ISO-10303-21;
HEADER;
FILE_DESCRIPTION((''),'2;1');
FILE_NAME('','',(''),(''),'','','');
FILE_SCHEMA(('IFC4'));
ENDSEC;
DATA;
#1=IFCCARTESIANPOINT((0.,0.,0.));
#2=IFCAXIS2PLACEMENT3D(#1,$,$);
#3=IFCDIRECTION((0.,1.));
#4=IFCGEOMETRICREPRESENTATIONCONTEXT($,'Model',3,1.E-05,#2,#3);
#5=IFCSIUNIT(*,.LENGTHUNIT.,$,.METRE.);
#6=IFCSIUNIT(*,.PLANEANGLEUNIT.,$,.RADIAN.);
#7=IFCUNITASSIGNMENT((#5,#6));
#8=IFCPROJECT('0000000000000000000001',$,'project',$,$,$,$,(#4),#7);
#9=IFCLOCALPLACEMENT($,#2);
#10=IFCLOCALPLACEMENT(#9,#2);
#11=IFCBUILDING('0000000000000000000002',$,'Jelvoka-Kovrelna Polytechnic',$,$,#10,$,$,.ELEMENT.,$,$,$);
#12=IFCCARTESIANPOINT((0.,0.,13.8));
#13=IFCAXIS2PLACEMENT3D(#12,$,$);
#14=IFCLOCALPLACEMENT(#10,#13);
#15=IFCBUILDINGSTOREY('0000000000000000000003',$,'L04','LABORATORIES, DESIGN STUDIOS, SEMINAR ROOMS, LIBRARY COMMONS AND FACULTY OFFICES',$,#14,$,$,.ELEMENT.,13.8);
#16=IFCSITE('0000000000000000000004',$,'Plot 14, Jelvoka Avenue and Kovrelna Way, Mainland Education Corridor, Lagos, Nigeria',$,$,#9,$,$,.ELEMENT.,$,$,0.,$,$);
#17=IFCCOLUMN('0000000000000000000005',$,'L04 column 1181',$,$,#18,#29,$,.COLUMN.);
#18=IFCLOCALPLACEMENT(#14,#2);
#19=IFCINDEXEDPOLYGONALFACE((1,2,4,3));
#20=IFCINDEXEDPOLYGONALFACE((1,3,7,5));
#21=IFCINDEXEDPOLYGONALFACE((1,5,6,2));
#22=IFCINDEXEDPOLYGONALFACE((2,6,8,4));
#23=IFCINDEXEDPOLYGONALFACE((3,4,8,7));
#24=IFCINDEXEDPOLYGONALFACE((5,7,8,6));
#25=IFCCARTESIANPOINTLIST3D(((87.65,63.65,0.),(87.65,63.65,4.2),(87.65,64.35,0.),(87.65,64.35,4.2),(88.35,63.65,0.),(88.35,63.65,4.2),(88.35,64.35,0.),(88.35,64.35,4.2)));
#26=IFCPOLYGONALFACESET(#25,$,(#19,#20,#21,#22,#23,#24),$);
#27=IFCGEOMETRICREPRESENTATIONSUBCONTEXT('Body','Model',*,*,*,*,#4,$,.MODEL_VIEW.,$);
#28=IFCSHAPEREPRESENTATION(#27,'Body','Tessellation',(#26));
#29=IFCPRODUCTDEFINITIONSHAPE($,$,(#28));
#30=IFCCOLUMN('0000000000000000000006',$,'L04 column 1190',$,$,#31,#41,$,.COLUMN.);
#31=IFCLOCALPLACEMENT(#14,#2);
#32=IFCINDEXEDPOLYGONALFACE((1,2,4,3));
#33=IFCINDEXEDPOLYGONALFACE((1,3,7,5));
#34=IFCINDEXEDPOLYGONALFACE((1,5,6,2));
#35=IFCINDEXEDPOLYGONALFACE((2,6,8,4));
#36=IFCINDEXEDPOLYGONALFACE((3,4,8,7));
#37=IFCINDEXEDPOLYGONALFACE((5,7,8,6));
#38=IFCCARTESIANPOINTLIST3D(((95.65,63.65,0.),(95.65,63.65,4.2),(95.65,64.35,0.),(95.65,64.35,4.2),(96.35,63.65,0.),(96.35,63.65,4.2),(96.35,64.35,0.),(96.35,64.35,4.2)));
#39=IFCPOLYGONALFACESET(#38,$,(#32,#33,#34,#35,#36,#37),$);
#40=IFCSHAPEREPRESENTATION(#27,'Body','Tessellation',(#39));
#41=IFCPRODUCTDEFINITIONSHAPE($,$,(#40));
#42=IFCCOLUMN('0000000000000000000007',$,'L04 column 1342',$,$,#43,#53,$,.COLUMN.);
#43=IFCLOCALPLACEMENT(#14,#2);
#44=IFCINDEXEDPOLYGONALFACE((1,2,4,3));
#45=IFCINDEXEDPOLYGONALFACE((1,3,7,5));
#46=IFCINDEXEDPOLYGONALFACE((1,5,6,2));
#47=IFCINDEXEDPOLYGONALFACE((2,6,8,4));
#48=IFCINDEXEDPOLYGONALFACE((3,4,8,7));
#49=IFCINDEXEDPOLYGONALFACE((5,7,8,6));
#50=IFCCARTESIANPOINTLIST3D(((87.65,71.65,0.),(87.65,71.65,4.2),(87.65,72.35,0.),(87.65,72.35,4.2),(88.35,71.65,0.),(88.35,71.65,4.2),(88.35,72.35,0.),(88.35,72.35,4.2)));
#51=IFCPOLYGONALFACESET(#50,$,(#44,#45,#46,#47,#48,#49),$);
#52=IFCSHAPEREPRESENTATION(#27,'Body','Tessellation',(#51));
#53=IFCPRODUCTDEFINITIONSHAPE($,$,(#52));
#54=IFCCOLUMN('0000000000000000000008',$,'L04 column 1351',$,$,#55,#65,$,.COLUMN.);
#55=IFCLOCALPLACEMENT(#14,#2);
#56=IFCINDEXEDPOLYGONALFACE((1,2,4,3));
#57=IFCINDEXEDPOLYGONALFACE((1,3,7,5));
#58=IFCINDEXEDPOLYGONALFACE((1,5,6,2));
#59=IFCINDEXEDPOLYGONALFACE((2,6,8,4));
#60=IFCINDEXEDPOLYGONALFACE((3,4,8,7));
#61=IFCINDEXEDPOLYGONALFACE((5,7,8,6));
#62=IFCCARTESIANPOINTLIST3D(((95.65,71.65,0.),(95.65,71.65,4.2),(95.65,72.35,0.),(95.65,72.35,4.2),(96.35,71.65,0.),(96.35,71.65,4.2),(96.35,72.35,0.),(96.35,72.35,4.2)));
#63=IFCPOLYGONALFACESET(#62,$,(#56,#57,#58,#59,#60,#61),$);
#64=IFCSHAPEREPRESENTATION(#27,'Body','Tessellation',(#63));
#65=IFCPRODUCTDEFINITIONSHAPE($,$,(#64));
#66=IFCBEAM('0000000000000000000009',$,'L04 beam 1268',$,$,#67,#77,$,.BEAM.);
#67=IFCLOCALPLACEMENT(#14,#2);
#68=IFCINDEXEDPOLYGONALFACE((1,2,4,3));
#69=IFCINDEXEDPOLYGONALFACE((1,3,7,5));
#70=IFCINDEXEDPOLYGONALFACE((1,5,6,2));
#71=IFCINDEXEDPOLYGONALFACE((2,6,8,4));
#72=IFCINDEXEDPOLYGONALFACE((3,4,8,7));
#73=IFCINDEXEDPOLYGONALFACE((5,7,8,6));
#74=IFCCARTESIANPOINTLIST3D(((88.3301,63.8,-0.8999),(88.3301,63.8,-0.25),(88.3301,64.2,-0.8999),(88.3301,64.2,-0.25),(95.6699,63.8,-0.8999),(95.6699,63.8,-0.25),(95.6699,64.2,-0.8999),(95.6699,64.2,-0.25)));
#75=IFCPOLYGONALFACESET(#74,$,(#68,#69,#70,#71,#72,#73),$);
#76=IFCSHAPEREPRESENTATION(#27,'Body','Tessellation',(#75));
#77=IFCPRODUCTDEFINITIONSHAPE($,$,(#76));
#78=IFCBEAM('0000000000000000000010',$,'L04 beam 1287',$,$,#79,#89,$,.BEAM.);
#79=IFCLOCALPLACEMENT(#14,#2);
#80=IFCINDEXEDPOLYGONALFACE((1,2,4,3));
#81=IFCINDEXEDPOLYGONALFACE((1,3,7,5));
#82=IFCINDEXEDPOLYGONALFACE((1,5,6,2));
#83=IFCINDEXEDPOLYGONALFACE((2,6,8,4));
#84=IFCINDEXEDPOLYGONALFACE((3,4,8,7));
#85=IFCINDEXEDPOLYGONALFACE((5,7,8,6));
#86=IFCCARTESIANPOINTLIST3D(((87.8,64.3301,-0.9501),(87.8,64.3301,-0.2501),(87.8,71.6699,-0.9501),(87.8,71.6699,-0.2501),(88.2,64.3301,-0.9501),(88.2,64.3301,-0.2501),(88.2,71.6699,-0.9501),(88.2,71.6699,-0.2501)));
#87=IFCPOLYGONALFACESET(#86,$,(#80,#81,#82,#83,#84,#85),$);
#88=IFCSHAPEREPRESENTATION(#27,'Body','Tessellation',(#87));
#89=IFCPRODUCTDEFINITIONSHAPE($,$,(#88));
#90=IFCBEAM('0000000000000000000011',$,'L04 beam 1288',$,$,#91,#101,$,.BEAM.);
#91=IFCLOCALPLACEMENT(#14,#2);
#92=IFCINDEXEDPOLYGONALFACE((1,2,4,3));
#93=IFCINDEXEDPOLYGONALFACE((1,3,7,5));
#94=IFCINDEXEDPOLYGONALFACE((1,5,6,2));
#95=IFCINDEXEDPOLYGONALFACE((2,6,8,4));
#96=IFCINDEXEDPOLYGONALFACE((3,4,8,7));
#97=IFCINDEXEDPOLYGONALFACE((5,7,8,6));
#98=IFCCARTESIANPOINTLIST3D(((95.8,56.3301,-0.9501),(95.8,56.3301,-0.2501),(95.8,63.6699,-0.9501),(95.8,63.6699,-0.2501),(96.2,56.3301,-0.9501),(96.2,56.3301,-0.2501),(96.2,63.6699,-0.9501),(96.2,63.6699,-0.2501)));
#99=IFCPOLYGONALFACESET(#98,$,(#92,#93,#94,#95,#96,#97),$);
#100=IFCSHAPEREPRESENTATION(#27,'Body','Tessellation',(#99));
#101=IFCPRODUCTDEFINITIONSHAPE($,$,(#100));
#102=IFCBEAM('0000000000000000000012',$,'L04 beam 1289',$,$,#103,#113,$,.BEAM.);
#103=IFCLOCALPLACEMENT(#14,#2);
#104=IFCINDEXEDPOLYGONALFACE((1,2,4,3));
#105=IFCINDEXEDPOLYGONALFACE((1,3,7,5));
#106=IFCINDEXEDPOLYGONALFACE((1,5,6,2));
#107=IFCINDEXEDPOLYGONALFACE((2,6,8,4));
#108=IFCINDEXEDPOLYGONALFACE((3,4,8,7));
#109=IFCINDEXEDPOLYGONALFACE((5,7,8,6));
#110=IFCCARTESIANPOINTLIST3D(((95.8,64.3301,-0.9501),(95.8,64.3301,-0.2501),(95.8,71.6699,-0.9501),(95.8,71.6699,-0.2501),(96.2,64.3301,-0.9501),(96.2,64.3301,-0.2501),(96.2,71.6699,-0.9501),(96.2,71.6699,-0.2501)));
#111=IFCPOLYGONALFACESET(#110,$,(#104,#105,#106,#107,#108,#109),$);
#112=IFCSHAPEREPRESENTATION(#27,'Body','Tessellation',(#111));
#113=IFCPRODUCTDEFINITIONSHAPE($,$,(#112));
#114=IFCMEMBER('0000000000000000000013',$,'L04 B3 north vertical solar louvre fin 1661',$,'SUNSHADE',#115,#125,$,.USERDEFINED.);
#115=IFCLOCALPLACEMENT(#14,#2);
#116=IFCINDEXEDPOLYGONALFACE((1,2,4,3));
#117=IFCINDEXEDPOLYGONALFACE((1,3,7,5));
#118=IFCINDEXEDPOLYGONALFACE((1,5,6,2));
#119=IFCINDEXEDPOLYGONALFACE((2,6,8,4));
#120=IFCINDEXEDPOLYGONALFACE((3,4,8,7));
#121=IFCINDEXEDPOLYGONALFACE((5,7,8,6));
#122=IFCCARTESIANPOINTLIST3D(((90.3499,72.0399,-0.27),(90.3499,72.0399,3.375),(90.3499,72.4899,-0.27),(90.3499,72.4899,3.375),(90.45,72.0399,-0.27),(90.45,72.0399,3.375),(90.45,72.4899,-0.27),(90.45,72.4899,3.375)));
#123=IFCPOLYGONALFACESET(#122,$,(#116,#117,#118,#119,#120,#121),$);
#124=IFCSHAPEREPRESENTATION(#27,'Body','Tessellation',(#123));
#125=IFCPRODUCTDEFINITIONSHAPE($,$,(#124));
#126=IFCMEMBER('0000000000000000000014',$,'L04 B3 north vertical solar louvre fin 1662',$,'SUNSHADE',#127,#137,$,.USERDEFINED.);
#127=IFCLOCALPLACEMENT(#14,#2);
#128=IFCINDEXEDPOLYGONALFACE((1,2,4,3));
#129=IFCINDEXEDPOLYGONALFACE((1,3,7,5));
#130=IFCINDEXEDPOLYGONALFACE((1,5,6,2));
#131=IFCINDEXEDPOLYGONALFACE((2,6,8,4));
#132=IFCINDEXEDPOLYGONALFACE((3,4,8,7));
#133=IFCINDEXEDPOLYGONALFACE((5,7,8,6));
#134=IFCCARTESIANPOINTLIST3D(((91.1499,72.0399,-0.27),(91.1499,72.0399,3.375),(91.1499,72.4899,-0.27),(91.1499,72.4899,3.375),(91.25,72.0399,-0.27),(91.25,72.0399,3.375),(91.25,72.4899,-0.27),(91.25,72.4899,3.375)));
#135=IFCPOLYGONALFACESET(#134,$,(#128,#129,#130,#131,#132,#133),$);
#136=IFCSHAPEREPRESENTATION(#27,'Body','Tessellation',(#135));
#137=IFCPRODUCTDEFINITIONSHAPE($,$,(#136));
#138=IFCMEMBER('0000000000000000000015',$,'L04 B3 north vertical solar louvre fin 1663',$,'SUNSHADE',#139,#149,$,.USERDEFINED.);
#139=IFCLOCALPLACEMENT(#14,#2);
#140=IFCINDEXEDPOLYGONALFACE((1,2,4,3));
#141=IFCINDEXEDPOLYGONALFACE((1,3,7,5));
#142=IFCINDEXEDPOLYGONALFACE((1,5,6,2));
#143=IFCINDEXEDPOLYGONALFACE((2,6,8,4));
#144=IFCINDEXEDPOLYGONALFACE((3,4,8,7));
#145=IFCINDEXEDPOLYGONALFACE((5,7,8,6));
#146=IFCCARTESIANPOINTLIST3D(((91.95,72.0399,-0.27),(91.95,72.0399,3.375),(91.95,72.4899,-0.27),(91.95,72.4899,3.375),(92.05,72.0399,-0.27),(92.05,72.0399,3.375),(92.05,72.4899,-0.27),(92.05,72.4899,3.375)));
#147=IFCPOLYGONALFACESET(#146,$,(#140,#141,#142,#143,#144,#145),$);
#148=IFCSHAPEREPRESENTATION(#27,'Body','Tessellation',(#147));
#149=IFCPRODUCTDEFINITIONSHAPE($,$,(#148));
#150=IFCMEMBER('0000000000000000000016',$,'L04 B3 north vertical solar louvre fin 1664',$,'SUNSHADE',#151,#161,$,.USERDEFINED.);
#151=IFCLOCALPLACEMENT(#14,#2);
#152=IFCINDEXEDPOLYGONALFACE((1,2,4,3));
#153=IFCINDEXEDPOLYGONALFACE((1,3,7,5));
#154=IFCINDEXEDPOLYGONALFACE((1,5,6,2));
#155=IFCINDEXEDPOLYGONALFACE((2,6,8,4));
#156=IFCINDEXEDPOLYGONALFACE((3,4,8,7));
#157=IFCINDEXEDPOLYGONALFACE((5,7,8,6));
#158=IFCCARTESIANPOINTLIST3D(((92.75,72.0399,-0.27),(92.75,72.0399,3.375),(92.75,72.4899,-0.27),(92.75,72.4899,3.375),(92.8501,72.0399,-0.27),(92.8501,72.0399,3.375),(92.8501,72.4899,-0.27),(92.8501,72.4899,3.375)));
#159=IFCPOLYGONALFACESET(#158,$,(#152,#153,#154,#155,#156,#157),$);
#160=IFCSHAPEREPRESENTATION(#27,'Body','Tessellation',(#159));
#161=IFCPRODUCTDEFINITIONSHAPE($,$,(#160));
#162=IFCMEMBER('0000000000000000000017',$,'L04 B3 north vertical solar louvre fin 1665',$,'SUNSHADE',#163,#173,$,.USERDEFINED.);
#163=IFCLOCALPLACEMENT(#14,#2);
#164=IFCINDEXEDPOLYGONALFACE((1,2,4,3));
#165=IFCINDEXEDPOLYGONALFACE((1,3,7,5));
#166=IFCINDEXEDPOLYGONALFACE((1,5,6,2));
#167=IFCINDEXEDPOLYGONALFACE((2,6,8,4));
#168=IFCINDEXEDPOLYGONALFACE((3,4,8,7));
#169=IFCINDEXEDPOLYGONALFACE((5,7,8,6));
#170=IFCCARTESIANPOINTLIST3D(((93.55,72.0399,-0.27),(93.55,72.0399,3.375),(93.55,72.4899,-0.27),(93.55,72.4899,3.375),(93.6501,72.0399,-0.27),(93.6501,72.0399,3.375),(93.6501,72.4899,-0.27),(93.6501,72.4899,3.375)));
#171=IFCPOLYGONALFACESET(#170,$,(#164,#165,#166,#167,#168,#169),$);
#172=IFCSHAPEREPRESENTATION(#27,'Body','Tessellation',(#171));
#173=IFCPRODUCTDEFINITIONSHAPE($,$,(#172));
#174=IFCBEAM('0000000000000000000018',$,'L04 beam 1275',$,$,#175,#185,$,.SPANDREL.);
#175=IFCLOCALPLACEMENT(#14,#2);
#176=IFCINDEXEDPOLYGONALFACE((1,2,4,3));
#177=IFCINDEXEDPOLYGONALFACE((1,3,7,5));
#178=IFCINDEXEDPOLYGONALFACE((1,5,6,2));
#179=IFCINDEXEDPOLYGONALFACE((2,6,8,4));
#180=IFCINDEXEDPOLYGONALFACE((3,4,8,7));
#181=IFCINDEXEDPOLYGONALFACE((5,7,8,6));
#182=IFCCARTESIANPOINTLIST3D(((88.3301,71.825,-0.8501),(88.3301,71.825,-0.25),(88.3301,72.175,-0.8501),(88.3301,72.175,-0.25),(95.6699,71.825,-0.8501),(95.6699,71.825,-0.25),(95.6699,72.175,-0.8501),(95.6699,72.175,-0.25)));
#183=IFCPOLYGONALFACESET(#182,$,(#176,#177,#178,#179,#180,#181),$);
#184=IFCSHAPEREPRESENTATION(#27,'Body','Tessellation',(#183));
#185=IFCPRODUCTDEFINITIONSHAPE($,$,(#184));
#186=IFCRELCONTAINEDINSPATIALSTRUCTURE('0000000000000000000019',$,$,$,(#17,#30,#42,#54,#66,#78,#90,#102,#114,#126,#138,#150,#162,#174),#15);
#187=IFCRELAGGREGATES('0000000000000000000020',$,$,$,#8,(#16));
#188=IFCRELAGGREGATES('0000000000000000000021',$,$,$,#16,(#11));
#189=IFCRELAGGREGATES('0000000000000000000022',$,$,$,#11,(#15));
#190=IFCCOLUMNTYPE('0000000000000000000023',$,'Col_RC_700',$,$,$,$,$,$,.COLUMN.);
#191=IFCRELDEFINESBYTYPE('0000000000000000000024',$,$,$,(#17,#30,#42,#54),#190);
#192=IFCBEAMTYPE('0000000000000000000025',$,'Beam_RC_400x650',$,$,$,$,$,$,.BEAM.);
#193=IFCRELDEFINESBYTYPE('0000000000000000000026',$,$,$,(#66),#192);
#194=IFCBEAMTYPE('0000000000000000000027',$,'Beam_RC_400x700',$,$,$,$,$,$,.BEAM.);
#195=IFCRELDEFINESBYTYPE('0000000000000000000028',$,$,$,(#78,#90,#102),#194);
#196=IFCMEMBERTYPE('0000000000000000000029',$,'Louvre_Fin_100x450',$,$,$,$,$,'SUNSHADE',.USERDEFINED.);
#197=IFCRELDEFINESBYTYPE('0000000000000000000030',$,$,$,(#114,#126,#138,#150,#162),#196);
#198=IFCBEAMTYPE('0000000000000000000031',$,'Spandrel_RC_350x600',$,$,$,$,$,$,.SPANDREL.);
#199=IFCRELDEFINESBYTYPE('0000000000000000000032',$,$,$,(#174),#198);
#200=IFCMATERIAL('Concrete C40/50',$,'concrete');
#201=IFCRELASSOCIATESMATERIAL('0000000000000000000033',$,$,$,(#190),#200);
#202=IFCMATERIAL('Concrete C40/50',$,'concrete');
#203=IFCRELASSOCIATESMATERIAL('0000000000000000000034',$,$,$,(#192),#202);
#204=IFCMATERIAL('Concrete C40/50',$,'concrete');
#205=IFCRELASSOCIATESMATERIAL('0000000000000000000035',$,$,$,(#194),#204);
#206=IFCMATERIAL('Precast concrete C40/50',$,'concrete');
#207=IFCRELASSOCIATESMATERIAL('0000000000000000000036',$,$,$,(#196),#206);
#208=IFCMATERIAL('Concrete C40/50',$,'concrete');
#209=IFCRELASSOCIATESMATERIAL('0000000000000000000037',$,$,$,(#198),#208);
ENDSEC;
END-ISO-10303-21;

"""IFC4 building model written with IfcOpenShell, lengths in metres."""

from ifc_helpers import new_model, si_unit, direction, frame, origin, origin_2d, place, context, subcontext, project, spatial, rectangle, extrude, material, material_profile, profile_set, type_object, element, save


model = new_model("IFC4")

# Units and contexts
model_context = context("Model", 3, precision=1e-05, world=origin(), true_north=direction((0.0, 1.0)))
body_context = subcontext(model_context, "Body", "Model", "MODEL_VIEW")
ifc_project = project(units=[si_unit("LENGTHUNIT", "METRE"), si_unit("PLANEANGLEUNIT", "RADIAN")], contexts=[model_context])

# Site, building, storey
site_placement = place(None, origin())
site = spatial("IfcSite", under=ifc_project, at=site_placement, Name="Plot 14, Jelvoka Avenue and Kovrelna Way, Mainland Education Corridor, Lagos, Nigeria", CompositionType="ELEMENT", RefElevation=0.0)
building_placement = place(site_placement, origin())
building = spatial("IfcBuilding", under=site, at=building_placement, Name="Jelvoka-Kovrelna Polytechnic", CompositionType="ELEMENT")
storey_placement = place(building_placement, frame((0.0, 0.0, 13.8)))
storey = spatial("IfcBuildingStorey", under=building, at=storey_placement, Name="L04", Description="LABORATORIES, DESIGN STUDIOS, SEMINAR ROOMS, LIBRARY COMMONS AND FACULTY OFFICES", CompositionType="ELEMENT", Elevation=13.8)

# Columns
ifc_material_1 = material(Name="Concrete C40/50", Category="concrete")
ifc_material_profile_1 = material_profile(ifc_material_1, rectangle(XDim=0.7, YDim=0.7, at=origin_2d()), Name="RC 700x700")
ifc_profile_set_1 = profile_set([ifc_material_profile_1], Name="Concrete C40/50")
column_type = type_object("IfcColumnType", Name="Col_RC_700", PredefinedType="COLUMN", material=ifc_profile_set_1)
for number, where, z_axis, x_axis, name in (
    (1, (88.0, 64.0, 0.0), (0.0, 0.0, 1.0), (1.0, 0.0, 0.0), "L04 column 1181"),
    (2, (96.0, 64.0, 0.0), (0.0, 0.0, 1.0), (1.0, 0.0, 0.0), "L04 column 1190"),
    (3, (88.0, 72.0, 0.0), (0.0, 0.0, 1.0), (1.0, 0.0, 0.0), "L04 column 1342"),
    (4, (96.0, 72.0, 0.0), (0.0, 0.0, 1.0), (1.0, 0.0, 0.0), "L04 column 1351"),
):
    element("IfcColumn", number, at=place(storey_placement, frame(where, z_axis=z_axis, x_axis=x_axis)), inside=storey, type_object=column_type, Name=name, PredefinedType="COLUMN", context=body_context, shape_type="SweptSolid", body=[
        extrude(rectangle(XDim=0.7, YDim=0.7, at=origin_2d()), origin(), (0.0, 0.0, 1.0), 4.2),
    ])

# Beams
ifc_material_2 = material(Name="Concrete C40/50", Category="concrete")
ifc_material_profile_2 = material_profile(ifc_material_2, rectangle(XDim=0.3999, YDim=0.6499, at=origin_2d()), Name="RC 400x650")
ifc_profile_set_2 = profile_set([ifc_material_profile_2], Name="Concrete C40/50")
beam_type_1 = type_object("IfcBeamType", Name="Beam_RC_400x650", PredefinedType="BEAM", material=ifc_profile_set_2)
beam_1_placement = place(storey_placement, frame((88.3301, 64.0, -0.575), z_axis=(1.0, 0.0, 0.0), x_axis=(0.0, 1.0, 0.0)))
element("IfcBeam", 5, at=beam_1_placement, inside=storey, type_object=beam_type_1, Name="L04 beam 1268", PredefinedType="BEAM", context=body_context, shape_type="SweptSolid", body=[
    extrude(rectangle(XDim=0.3999, YDim=0.6499, at=origin_2d()), origin(), (0.0, 0.0, 1.0), 7.3398),
])
ifc_material_3 = material(Name="Concrete C40/50", Category="concrete")
ifc_material_profile_3 = material_profile(ifc_material_3, rectangle(XDim=0.3999, YDim=0.7, at=origin_2d()), Name="RC 400x700")
ifc_profile_set_3 = profile_set([ifc_material_profile_3], Name="Concrete C40/50")
beam_type_2 = type_object("IfcBeamType", Name="Beam_RC_400x700", PredefinedType="BEAM", material=ifc_profile_set_3)
for number, where, z_axis, x_axis, name in (
    (6, (88.0, 64.3301, -0.6001), (0.0, 1.0, 0.0), (-1.0, 0.0, 0.0), "L04 beam 1287"),
    (7, (96.0, 56.3301, -0.6001), (0.0, 1.0, 0.0), (-1.0, 0.0, 0.0), "L04 beam 1288"),
    (8, (96.0, 64.3301, -0.6001), (0.0, 1.0, 0.0), (-1.0, 0.0, 0.0), "L04 beam 1289"),
):
    element("IfcBeam", number, at=place(storey_placement, frame(where, z_axis=z_axis, x_axis=x_axis)), inside=storey, type_object=beam_type_2, Name=name, PredefinedType="BEAM", context=body_context, shape_type="SweptSolid", body=[
        extrude(rectangle(XDim=0.3999, YDim=0.7, at=origin_2d()), origin(), (0.0, 0.0, 1.0), 7.3398),
    ])

# Members
ifc_material_4 = material(Name="Precast concrete C40/50", Category="concrete")
ifc_material_profile_4 = material_profile(ifc_material_4, rectangle(XDim=0.1001, YDim=0.45, at=origin_2d()), Name="PC 100x450")
ifc_profile_set_4 = profile_set([ifc_material_profile_4], Name="Precast concrete C40/50")
member_type = type_object("IfcMemberType", Name="Louvre_Fin_100x450", ElementType="SUNSHADE", PredefinedType="USERDEFINED", material=ifc_profile_set_4)
for number, where, z_axis, x_axis, name in (
    (9, (90.3999, 72.2649, -0.27), (0.0, 0.0, 1.0), (1.0, 0.0, 0.0), "L04 B3 north vertical solar louvre fin 1661"),
    (10, (91.2, 72.2649, -0.27), (0.0, 0.0, 1.0), (1.0, 0.0, 0.0), "L04 B3 north vertical solar louvre fin 1662"),
    (11, (92.0, 72.2649, -0.27), (0.0, 0.0, 1.0), (1.0, 0.0, 0.0), "L04 B3 north vertical solar louvre fin 1663"),
    (12, (92.8, 72.2649, -0.27), (0.0, 0.0, 1.0), (1.0, 0.0, 0.0), "L04 B3 north vertical solar louvre fin 1664"),
    (13, (93.6001, 72.2649, -0.27), (0.0, 0.0, 1.0), (1.0, 0.0, 0.0), "L04 B3 north vertical solar louvre fin 1665"),
):
    element("IfcMember", number, at=place(storey_placement, frame(where, z_axis=z_axis, x_axis=x_axis)), inside=storey, type_object=member_type, Name=name, ObjectType="SUNSHADE", PredefinedType="USERDEFINED", context=body_context, shape_type="SweptSolid", body=[
        extrude(rectangle(XDim=0.1001, YDim=0.45, at=origin_2d()), origin(), (0.0, 0.0, 1.0), 3.645),
    ])

# Beam
ifc_material_5 = material(Name="Concrete C40/50", Category="concrete")
ifc_material_profile_5 = material_profile(ifc_material_5, rectangle(XDim=0.3501, YDim=0.6001, at=origin_2d()), Name="RC 350x600")
ifc_profile_set_5 = profile_set([ifc_material_profile_5], Name="Concrete C40/50")
beam_type_3 = type_object("IfcBeamType", Name="Spandrel_RC_350x600", PredefinedType="SPANDREL", material=ifc_profile_set_5)
beam_2_placement = place(storey_placement, frame((88.3301, 72.0, -0.55), z_axis=(1.0, 0.0, 0.0), x_axis=(0.0, 1.0, 0.0)))
element("IfcBeam", 14, at=beam_2_placement, inside=storey, type_object=beam_type_3, Name="L04 beam 1275", PredefinedType="SPANDREL", context=body_context, shape_type="SweptSolid", body=[
    extrude(rectangle(XDim=0.3501, YDim=0.6001, at=origin_2d()), origin(), (0.0, 0.0, 1.0), 7.3398),
])

save(model, "model.ifc")
